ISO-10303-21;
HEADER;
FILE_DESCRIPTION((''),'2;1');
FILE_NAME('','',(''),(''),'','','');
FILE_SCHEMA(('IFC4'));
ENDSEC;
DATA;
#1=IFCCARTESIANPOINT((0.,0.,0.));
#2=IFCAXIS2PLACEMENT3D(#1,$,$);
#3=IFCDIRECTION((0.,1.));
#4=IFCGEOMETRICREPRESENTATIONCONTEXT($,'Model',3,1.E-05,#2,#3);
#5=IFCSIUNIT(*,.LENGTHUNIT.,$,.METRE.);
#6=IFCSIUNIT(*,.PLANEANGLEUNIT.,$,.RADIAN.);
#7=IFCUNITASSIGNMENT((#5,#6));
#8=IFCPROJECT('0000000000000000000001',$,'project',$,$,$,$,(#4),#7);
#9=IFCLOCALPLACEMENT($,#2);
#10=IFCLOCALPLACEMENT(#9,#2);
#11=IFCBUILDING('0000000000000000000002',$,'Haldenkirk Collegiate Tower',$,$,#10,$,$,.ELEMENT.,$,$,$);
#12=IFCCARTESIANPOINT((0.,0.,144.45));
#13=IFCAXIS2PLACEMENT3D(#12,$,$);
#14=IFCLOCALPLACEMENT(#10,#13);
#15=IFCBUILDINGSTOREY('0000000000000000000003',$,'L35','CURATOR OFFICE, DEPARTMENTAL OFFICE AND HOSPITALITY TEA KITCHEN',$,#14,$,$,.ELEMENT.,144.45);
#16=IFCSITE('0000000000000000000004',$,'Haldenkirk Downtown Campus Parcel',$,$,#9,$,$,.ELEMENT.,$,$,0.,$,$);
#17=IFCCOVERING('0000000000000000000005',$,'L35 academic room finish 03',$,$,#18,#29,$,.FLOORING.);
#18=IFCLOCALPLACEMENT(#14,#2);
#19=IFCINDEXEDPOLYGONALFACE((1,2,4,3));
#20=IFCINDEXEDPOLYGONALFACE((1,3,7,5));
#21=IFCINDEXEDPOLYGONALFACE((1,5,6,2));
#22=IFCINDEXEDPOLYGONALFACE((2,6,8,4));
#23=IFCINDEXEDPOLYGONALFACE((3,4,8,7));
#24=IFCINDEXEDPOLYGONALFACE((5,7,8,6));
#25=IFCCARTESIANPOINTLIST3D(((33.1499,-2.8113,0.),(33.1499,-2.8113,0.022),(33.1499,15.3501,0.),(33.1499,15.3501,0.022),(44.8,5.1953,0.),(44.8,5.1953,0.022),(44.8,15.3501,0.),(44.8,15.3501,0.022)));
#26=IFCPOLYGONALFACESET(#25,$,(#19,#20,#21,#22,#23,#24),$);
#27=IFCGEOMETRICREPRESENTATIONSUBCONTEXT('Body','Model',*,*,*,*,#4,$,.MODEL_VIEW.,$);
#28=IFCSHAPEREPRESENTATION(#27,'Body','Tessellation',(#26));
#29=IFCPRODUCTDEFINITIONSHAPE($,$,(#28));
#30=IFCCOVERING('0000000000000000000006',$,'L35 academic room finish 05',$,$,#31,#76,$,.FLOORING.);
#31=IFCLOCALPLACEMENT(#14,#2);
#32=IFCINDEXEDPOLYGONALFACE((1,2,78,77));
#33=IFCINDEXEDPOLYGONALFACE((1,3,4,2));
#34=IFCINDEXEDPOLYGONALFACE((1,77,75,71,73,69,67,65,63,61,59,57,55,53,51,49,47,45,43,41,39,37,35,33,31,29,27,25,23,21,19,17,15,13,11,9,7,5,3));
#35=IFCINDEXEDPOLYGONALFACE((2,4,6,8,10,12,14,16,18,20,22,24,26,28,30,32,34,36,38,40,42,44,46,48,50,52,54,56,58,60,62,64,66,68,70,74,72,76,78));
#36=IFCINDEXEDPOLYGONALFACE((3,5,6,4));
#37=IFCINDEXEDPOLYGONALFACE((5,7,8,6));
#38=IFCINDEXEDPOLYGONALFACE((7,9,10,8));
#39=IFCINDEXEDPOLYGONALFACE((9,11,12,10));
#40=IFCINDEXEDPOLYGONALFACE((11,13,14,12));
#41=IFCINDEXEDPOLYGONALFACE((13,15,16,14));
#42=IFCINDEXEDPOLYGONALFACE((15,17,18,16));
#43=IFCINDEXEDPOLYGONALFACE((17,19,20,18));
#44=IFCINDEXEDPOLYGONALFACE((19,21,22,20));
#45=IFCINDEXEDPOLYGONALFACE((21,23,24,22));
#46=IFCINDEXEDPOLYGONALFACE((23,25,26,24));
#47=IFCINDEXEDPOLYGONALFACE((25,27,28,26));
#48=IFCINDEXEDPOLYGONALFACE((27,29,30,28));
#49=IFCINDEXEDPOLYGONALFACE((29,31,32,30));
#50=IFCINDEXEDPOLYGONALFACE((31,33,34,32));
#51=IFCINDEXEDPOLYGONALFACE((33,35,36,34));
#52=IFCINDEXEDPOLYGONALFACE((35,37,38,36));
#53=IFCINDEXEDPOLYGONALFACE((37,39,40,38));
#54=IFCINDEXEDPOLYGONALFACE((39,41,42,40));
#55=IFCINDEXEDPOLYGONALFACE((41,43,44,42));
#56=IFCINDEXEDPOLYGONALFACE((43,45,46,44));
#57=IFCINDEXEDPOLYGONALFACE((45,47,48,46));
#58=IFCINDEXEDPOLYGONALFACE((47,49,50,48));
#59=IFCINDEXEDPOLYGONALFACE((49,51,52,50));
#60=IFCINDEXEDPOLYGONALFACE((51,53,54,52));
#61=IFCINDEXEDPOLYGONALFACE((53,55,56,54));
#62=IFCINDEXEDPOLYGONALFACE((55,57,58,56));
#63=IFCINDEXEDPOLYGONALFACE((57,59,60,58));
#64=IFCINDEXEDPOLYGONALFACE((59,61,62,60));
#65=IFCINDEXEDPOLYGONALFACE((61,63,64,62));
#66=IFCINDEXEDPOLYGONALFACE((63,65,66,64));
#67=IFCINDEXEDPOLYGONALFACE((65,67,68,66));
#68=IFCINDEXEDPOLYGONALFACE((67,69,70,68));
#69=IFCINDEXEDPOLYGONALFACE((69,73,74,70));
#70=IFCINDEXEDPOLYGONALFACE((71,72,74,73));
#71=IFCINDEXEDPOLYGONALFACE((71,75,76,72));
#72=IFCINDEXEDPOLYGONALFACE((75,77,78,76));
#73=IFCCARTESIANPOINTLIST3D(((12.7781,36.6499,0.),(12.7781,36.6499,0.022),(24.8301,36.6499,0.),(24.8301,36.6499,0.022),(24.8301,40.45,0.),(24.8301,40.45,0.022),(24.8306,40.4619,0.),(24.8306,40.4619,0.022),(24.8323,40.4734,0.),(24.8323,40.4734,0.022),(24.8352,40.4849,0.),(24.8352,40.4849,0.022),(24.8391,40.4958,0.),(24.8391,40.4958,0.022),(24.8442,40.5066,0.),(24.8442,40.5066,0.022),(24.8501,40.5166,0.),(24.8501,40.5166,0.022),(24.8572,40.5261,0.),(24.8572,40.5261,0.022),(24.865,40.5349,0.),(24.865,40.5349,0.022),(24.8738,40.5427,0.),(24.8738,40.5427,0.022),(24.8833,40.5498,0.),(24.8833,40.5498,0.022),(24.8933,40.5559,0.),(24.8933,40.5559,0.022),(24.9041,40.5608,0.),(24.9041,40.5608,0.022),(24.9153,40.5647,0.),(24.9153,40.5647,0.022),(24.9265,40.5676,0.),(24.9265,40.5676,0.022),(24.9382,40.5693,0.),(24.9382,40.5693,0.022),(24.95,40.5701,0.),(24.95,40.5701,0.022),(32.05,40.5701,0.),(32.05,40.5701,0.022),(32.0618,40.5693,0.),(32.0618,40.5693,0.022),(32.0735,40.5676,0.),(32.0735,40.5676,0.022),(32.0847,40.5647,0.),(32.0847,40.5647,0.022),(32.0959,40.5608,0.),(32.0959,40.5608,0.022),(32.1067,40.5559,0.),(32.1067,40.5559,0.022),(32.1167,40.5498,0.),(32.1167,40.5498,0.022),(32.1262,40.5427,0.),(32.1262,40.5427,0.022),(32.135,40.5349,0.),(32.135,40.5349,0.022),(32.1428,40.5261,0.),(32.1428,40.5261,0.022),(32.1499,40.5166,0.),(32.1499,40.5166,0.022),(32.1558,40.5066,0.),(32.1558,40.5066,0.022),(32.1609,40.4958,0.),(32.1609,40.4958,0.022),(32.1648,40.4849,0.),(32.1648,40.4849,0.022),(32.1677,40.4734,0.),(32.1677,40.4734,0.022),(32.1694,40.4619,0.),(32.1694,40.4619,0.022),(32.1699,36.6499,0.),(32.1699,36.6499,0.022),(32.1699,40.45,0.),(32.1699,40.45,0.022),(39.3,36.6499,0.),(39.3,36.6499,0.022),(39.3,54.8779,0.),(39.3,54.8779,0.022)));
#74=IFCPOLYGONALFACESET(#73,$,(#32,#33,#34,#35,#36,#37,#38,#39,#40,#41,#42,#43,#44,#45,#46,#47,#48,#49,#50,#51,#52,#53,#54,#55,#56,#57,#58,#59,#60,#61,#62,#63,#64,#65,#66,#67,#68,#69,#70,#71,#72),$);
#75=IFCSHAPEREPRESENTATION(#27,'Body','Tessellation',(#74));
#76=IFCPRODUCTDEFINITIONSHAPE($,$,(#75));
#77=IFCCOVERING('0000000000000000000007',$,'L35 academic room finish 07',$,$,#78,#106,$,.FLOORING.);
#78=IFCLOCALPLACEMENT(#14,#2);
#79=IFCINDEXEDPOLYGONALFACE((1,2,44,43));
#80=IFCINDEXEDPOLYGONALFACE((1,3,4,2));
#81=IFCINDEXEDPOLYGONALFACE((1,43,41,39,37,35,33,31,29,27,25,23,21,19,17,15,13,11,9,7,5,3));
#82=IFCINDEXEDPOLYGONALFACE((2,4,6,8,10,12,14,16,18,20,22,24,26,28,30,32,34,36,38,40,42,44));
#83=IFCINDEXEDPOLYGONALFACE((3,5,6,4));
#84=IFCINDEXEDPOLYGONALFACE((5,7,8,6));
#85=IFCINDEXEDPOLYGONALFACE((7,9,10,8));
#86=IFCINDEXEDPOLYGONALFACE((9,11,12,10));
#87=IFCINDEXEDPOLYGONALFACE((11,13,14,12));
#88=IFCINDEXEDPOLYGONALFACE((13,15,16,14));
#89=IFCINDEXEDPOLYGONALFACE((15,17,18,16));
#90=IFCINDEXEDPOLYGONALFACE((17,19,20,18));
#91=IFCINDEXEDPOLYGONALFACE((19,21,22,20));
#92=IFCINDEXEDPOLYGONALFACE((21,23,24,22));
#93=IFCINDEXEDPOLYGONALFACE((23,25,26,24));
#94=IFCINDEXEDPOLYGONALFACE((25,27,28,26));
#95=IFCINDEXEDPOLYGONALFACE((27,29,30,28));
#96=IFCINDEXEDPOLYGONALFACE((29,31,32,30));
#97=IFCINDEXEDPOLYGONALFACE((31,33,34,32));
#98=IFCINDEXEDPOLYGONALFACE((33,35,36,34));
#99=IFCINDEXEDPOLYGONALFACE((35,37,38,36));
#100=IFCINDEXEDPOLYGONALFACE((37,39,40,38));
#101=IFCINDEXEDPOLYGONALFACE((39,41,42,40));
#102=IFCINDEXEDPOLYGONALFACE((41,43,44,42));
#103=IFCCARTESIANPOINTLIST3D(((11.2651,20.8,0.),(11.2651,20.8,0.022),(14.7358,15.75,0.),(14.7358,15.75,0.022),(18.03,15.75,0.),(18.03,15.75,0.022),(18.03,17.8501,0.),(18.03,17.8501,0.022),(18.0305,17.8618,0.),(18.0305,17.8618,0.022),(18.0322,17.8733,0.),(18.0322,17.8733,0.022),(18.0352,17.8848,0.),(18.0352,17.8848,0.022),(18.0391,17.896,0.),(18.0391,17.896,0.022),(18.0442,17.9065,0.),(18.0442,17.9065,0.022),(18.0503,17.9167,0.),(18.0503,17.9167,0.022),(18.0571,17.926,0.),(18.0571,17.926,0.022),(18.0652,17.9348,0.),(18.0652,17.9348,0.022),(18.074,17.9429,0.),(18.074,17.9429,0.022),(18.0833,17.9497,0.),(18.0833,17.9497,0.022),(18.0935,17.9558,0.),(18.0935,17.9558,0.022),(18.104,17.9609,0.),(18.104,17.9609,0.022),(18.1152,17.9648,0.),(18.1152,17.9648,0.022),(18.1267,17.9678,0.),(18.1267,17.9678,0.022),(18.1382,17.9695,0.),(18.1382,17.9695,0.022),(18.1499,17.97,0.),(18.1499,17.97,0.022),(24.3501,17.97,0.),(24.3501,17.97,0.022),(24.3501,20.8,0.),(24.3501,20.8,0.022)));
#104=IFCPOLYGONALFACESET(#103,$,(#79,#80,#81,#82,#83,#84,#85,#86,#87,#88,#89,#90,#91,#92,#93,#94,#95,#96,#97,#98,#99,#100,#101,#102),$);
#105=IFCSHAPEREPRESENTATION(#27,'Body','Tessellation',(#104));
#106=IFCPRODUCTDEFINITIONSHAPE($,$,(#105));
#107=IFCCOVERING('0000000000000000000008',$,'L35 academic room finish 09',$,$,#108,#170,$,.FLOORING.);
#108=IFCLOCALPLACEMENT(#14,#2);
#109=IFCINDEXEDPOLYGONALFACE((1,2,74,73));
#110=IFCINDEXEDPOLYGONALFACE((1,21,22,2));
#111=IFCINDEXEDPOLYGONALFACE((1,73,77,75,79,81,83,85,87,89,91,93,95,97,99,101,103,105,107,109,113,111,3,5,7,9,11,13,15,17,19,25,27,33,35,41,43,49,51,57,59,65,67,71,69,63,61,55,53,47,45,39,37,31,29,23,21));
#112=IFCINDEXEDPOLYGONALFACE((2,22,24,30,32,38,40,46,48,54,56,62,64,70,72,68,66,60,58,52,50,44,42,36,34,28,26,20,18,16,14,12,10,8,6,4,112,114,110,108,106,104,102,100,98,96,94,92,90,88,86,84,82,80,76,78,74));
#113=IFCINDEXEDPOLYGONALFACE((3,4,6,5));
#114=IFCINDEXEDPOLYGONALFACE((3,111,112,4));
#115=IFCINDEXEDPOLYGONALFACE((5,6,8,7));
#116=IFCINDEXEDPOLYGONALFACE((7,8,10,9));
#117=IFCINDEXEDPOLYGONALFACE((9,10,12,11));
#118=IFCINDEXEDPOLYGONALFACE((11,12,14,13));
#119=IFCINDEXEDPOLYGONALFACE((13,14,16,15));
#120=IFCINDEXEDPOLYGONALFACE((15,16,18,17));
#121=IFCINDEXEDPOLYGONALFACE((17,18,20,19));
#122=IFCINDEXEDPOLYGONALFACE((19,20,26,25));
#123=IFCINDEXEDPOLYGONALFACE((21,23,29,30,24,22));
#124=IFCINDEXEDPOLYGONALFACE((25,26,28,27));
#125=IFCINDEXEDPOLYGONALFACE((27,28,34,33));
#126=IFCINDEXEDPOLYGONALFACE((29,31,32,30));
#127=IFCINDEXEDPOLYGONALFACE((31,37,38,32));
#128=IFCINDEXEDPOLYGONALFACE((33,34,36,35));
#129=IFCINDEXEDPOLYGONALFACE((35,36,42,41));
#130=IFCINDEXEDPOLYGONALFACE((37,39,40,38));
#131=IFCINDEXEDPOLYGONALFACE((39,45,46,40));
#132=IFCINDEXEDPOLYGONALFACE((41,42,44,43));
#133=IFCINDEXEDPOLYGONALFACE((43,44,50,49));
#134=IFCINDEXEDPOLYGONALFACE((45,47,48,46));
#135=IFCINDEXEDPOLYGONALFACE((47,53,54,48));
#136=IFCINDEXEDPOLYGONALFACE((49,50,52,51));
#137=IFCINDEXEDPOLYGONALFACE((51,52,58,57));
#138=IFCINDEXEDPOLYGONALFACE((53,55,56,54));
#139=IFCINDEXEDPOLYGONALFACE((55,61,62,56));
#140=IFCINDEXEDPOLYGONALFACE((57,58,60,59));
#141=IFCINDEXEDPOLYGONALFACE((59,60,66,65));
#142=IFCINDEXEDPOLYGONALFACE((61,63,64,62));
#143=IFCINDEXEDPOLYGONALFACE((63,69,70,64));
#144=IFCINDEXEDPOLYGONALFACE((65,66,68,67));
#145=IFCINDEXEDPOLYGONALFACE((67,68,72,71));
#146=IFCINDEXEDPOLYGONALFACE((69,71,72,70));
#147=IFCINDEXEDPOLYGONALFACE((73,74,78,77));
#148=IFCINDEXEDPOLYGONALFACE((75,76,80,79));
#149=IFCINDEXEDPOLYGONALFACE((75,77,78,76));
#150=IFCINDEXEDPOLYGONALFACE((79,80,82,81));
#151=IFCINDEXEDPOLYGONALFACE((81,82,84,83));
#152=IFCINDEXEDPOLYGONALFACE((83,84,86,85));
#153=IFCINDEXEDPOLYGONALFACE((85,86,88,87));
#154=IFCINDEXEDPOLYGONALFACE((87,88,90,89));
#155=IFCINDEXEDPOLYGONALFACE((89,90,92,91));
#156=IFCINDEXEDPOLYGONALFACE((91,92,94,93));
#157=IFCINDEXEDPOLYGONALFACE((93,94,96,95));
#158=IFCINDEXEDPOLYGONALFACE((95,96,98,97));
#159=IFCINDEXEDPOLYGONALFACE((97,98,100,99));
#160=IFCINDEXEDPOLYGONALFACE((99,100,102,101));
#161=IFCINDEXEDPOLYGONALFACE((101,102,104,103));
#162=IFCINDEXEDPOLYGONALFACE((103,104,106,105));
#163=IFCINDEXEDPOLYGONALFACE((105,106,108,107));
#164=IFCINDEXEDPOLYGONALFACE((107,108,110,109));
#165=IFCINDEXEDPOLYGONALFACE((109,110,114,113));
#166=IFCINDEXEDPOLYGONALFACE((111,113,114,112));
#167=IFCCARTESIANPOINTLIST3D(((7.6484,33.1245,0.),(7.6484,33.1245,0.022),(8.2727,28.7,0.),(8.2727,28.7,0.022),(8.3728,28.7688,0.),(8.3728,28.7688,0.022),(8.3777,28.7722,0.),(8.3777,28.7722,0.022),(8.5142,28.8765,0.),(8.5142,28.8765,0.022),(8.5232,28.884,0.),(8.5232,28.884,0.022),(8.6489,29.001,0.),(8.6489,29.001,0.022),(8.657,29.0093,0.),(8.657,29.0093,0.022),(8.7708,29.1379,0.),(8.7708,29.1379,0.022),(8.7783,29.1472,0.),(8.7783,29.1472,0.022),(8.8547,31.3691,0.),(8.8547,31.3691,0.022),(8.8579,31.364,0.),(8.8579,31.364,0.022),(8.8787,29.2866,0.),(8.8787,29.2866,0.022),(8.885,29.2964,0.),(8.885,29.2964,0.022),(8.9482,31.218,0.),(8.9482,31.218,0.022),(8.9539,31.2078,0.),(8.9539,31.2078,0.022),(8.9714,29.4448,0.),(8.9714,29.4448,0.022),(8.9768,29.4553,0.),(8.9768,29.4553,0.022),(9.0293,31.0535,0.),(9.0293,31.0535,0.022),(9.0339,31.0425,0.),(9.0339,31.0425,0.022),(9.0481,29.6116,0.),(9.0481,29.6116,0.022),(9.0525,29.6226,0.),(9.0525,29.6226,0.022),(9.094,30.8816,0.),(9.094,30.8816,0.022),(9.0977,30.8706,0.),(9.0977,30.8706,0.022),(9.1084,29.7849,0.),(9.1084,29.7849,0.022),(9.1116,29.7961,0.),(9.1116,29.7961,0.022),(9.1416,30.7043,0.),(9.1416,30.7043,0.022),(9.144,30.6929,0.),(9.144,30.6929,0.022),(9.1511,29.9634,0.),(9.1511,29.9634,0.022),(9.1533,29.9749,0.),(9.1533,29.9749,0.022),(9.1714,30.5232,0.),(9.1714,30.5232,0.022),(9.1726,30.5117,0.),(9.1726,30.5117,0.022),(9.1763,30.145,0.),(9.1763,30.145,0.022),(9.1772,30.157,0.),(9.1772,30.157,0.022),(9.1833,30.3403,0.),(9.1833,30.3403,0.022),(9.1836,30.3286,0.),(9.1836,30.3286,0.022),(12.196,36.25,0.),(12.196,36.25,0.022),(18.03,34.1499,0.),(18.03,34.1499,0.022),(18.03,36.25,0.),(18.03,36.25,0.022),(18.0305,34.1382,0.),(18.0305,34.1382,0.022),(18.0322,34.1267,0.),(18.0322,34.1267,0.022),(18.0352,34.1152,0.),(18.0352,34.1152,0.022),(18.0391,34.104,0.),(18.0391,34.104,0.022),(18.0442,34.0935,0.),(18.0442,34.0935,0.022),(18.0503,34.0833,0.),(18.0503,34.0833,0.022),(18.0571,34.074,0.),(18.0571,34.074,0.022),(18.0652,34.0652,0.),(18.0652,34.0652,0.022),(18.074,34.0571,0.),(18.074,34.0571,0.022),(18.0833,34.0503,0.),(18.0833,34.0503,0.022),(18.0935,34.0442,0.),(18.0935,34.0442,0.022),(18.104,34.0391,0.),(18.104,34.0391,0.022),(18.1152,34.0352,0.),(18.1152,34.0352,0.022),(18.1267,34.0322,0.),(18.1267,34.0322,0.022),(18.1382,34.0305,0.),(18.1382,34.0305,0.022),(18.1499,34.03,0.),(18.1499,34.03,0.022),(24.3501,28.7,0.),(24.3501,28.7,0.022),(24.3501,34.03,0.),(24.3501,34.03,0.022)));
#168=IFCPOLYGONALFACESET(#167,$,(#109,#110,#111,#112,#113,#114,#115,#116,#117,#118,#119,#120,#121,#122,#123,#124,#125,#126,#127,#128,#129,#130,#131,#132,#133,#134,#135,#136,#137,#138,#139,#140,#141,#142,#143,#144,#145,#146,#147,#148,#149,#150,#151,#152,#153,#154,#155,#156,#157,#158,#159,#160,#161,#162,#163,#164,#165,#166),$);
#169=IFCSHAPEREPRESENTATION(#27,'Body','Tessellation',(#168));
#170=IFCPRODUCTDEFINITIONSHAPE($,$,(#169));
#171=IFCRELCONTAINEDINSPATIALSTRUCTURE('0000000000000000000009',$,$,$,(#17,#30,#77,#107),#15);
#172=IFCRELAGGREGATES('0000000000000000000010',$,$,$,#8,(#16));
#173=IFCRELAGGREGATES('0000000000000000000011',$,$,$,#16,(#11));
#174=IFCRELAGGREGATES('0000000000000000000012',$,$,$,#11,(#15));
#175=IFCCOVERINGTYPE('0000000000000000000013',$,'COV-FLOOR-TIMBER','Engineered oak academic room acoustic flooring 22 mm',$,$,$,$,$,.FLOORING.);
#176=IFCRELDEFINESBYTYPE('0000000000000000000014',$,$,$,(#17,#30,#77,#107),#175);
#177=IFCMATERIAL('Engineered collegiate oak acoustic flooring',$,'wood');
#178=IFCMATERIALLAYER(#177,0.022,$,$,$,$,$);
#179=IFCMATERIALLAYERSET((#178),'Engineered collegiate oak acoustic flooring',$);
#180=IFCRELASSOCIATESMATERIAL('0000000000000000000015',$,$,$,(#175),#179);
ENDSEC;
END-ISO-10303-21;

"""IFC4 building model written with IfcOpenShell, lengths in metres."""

from ifc_helpers import new_model, si_unit, direction, frame, origin, place, context, subcontext, project, spatial, polyline, outline, extrude, material, layer, layer_set, type_object, element, save


model = new_model("IFC4")

# Units and contexts
model_context = context("Model", 3, precision=1e-05, world=origin(), true_north=direction((0.0, 1.0)))
body_context = subcontext(model_context, "Body", "Model", "MODEL_VIEW")
ifc_project = project(units=[si_unit("LENGTHUNIT", "METRE"), si_unit("PLANEANGLEUNIT", "RADIAN")], contexts=[model_context])

# Site, building, storey
site_placement = place(None, origin())
site = spatial("IfcSite", under=ifc_project, at=site_placement, Name="Haldenkirk Downtown Campus Parcel", CompositionType="ELEMENT", RefElevation=0.0)
building_placement = place(site_placement, origin())
building = spatial("IfcBuilding", under=site, at=building_placement, Name="Haldenkirk Collegiate Tower", CompositionType="ELEMENT")
storey_placement = place(building_placement, frame((0.0, 0.0, 144.45)))
storey = spatial("IfcBuildingStorey", under=building, at=storey_placement, Name="L35", Description="CURATOR OFFICE, DEPARTMENTAL OFFICE AND HOSPITALITY TEA KITCHEN", CompositionType="ELEMENT", Elevation=144.45)

# Coverings
ifc_material_1 = material(Name="Engineered collegiate oak acoustic flooring", Category="wood")
ifc_layer_1 = layer(ifc_material_1, 0.022)
ifc_layer_set_1 = layer_set([ifc_layer_1], Name="Engineered collegiate oak acoustic flooring")
covering_type_1 = type_object("IfcCoveringType", Name="COV-FLOOR-TIMBER", Description="Engineered oak academic room acoustic flooring 22 mm", PredefinedType="FLOORING", material=ifc_layer_set_1)
covering_1_placement = place(storey_placement, origin())
element("IfcCovering", 1, at=covering_1_placement, inside=storey, type_object=covering_type_1, Name="L35 academic room finish 03", PredefinedType="FLOORING", context=body_context, shape_type="SweptSolid", body=[
    extrude(outline(polyline([(33.1499, -2.8113), (33.1499, 15.3501), (44.8, 15.3501), (44.8, 5.1953), (33.1499, -2.8113)])), origin(), (0.0, 0.0, 1.0), 0.022),
])
covering_2_placement = place(storey_placement, origin())
element("IfcCovering", 2, at=covering_2_placement, inside=storey, type_object=covering_type_1, Name="L35 academic room finish 05", PredefinedType="FLOORING", context=body_context, shape_type="SweptSolid", body=[
    extrude(outline(polyline([(32.1699, 40.45), (32.1694, 40.4619), (32.1677, 40.4734), (32.1648, 40.4849), (32.1609, 40.4958), (32.1558, 40.5066), (32.1499, 40.5166), (32.1428, 40.5261), (32.135, 40.5349), (32.1262, 40.5427), (32.1167, 40.5498), (32.1067, 40.5559), (32.0959, 40.5608), (32.0847, 40.5647), (32.0735, 40.5676), (32.0618, 40.5693), (32.05, 40.5701), (24.95, 40.5701), (24.9382, 40.5693), (24.9265, 40.5676), (24.9153, 40.5647), (24.9041, 40.5608), (24.8933, 40.5559), (24.8833, 40.5498), (24.8738, 40.5427), (24.865, 40.5349), (24.8572, 40.5261), (24.8501, 40.5166), (24.8442, 40.5066), (24.8391, 40.4958), (24.8352, 40.4849), (24.8323, 40.4734), (24.8306, 40.4619), (24.8301, 40.45), (24.8301, 36.6499), (12.7781, 36.6499), (39.3, 54.8779), (39.3, 36.6499), (32.1699, 36.6499), (32.1699, 40.45)])), origin(), (0.0, 0.0, 1.0), 0.022),
])
covering_3_placement = place(storey_placement, origin())
element("IfcCovering", 3, at=covering_3_placement, inside=storey, type_object=covering_type_1, Name="L35 academic room finish 07", PredefinedType="FLOORING", context=body_context, shape_type="SweptSolid", body=[
    extrude(outline(polyline([(18.1499, 17.97), (18.1382, 17.9695), (18.1267, 17.9678), (18.1152, 17.9648), (18.104, 17.9609), (18.0935, 17.9558), (18.0833, 17.9497), (18.074, 17.9429), (18.0652, 17.9348), (18.0571, 17.926), (18.0503, 17.9167), (18.0442, 17.9065), (18.0391, 17.896), (18.0352, 17.8848), (18.0322, 17.8733), (18.0305, 17.8618), (18.03, 17.8501), (18.03, 15.75), (14.7358, 15.75), (11.2651, 20.8), (24.3501, 20.8), (24.3501, 17.97), (18.1499, 17.97)])), origin(), (0.0, 0.0, 1.0), 0.022),
])
covering_4_placement = place(storey_placement, origin())
element("IfcCovering", 4, at=covering_4_placement, inside=storey, type_object=covering_type_1, Name="L35 academic room finish 09", PredefinedType="FLOORING", context=body_context, shape_type="SweptSolid", body=[
    extrude(outline(polyline([(8.3728, 28.7688), (8.3777, 28.7722), (8.5142, 28.8765), (8.5232, 28.884), (8.6489, 29.001), (8.657, 29.0093), (8.7708, 29.1379), (8.7783, 29.1472), (8.8787, 29.2866), (8.885, 29.2964), (8.9714, 29.4448), (8.9768, 29.4553), (9.0481, 29.6116), (9.0525, 29.6226), (9.1084, 29.7849), (9.1116, 29.7961), (9.1511, 29.9634), (9.1533, 29.9749), (9.1763, 30.145), (9.1772, 30.157), (9.1836, 30.3286), (9.1833, 30.3403), (9.1726, 30.5117), (9.1714, 30.5232), (9.144, 30.6929), (9.1416, 30.7043), (9.0977, 30.8706), (9.094, 30.8816), (9.0339, 31.0425), (9.0293, 31.0535), (8.9539, 31.2078), (8.9482, 31.218), (8.8579, 31.364), (8.8547, 31.3691), (7.6484, 33.1245), (12.196, 36.25), (18.03, 36.25), (18.03, 34.1499), (18.0305, 34.1382), (18.0322, 34.1267), (18.0352, 34.1152), (18.0391, 34.104), (18.0442, 34.0935), (18.0503, 34.0833), (18.0571, 34.074), (18.0652, 34.0652), (18.074, 34.0571), (18.0833, 34.0503), (18.0935, 34.0442), (18.104, 34.0391), (18.1152, 34.0352), (18.1267, 34.0322), (18.1382, 34.0305), (18.1499, 34.03), (24.3501, 34.03), (24.3501, 28.7), (8.2727, 28.7), (8.3728, 28.7688)])), origin(), (0.0, 0.0, 1.0), 0.022),
])

save(model, "model.ifc")
